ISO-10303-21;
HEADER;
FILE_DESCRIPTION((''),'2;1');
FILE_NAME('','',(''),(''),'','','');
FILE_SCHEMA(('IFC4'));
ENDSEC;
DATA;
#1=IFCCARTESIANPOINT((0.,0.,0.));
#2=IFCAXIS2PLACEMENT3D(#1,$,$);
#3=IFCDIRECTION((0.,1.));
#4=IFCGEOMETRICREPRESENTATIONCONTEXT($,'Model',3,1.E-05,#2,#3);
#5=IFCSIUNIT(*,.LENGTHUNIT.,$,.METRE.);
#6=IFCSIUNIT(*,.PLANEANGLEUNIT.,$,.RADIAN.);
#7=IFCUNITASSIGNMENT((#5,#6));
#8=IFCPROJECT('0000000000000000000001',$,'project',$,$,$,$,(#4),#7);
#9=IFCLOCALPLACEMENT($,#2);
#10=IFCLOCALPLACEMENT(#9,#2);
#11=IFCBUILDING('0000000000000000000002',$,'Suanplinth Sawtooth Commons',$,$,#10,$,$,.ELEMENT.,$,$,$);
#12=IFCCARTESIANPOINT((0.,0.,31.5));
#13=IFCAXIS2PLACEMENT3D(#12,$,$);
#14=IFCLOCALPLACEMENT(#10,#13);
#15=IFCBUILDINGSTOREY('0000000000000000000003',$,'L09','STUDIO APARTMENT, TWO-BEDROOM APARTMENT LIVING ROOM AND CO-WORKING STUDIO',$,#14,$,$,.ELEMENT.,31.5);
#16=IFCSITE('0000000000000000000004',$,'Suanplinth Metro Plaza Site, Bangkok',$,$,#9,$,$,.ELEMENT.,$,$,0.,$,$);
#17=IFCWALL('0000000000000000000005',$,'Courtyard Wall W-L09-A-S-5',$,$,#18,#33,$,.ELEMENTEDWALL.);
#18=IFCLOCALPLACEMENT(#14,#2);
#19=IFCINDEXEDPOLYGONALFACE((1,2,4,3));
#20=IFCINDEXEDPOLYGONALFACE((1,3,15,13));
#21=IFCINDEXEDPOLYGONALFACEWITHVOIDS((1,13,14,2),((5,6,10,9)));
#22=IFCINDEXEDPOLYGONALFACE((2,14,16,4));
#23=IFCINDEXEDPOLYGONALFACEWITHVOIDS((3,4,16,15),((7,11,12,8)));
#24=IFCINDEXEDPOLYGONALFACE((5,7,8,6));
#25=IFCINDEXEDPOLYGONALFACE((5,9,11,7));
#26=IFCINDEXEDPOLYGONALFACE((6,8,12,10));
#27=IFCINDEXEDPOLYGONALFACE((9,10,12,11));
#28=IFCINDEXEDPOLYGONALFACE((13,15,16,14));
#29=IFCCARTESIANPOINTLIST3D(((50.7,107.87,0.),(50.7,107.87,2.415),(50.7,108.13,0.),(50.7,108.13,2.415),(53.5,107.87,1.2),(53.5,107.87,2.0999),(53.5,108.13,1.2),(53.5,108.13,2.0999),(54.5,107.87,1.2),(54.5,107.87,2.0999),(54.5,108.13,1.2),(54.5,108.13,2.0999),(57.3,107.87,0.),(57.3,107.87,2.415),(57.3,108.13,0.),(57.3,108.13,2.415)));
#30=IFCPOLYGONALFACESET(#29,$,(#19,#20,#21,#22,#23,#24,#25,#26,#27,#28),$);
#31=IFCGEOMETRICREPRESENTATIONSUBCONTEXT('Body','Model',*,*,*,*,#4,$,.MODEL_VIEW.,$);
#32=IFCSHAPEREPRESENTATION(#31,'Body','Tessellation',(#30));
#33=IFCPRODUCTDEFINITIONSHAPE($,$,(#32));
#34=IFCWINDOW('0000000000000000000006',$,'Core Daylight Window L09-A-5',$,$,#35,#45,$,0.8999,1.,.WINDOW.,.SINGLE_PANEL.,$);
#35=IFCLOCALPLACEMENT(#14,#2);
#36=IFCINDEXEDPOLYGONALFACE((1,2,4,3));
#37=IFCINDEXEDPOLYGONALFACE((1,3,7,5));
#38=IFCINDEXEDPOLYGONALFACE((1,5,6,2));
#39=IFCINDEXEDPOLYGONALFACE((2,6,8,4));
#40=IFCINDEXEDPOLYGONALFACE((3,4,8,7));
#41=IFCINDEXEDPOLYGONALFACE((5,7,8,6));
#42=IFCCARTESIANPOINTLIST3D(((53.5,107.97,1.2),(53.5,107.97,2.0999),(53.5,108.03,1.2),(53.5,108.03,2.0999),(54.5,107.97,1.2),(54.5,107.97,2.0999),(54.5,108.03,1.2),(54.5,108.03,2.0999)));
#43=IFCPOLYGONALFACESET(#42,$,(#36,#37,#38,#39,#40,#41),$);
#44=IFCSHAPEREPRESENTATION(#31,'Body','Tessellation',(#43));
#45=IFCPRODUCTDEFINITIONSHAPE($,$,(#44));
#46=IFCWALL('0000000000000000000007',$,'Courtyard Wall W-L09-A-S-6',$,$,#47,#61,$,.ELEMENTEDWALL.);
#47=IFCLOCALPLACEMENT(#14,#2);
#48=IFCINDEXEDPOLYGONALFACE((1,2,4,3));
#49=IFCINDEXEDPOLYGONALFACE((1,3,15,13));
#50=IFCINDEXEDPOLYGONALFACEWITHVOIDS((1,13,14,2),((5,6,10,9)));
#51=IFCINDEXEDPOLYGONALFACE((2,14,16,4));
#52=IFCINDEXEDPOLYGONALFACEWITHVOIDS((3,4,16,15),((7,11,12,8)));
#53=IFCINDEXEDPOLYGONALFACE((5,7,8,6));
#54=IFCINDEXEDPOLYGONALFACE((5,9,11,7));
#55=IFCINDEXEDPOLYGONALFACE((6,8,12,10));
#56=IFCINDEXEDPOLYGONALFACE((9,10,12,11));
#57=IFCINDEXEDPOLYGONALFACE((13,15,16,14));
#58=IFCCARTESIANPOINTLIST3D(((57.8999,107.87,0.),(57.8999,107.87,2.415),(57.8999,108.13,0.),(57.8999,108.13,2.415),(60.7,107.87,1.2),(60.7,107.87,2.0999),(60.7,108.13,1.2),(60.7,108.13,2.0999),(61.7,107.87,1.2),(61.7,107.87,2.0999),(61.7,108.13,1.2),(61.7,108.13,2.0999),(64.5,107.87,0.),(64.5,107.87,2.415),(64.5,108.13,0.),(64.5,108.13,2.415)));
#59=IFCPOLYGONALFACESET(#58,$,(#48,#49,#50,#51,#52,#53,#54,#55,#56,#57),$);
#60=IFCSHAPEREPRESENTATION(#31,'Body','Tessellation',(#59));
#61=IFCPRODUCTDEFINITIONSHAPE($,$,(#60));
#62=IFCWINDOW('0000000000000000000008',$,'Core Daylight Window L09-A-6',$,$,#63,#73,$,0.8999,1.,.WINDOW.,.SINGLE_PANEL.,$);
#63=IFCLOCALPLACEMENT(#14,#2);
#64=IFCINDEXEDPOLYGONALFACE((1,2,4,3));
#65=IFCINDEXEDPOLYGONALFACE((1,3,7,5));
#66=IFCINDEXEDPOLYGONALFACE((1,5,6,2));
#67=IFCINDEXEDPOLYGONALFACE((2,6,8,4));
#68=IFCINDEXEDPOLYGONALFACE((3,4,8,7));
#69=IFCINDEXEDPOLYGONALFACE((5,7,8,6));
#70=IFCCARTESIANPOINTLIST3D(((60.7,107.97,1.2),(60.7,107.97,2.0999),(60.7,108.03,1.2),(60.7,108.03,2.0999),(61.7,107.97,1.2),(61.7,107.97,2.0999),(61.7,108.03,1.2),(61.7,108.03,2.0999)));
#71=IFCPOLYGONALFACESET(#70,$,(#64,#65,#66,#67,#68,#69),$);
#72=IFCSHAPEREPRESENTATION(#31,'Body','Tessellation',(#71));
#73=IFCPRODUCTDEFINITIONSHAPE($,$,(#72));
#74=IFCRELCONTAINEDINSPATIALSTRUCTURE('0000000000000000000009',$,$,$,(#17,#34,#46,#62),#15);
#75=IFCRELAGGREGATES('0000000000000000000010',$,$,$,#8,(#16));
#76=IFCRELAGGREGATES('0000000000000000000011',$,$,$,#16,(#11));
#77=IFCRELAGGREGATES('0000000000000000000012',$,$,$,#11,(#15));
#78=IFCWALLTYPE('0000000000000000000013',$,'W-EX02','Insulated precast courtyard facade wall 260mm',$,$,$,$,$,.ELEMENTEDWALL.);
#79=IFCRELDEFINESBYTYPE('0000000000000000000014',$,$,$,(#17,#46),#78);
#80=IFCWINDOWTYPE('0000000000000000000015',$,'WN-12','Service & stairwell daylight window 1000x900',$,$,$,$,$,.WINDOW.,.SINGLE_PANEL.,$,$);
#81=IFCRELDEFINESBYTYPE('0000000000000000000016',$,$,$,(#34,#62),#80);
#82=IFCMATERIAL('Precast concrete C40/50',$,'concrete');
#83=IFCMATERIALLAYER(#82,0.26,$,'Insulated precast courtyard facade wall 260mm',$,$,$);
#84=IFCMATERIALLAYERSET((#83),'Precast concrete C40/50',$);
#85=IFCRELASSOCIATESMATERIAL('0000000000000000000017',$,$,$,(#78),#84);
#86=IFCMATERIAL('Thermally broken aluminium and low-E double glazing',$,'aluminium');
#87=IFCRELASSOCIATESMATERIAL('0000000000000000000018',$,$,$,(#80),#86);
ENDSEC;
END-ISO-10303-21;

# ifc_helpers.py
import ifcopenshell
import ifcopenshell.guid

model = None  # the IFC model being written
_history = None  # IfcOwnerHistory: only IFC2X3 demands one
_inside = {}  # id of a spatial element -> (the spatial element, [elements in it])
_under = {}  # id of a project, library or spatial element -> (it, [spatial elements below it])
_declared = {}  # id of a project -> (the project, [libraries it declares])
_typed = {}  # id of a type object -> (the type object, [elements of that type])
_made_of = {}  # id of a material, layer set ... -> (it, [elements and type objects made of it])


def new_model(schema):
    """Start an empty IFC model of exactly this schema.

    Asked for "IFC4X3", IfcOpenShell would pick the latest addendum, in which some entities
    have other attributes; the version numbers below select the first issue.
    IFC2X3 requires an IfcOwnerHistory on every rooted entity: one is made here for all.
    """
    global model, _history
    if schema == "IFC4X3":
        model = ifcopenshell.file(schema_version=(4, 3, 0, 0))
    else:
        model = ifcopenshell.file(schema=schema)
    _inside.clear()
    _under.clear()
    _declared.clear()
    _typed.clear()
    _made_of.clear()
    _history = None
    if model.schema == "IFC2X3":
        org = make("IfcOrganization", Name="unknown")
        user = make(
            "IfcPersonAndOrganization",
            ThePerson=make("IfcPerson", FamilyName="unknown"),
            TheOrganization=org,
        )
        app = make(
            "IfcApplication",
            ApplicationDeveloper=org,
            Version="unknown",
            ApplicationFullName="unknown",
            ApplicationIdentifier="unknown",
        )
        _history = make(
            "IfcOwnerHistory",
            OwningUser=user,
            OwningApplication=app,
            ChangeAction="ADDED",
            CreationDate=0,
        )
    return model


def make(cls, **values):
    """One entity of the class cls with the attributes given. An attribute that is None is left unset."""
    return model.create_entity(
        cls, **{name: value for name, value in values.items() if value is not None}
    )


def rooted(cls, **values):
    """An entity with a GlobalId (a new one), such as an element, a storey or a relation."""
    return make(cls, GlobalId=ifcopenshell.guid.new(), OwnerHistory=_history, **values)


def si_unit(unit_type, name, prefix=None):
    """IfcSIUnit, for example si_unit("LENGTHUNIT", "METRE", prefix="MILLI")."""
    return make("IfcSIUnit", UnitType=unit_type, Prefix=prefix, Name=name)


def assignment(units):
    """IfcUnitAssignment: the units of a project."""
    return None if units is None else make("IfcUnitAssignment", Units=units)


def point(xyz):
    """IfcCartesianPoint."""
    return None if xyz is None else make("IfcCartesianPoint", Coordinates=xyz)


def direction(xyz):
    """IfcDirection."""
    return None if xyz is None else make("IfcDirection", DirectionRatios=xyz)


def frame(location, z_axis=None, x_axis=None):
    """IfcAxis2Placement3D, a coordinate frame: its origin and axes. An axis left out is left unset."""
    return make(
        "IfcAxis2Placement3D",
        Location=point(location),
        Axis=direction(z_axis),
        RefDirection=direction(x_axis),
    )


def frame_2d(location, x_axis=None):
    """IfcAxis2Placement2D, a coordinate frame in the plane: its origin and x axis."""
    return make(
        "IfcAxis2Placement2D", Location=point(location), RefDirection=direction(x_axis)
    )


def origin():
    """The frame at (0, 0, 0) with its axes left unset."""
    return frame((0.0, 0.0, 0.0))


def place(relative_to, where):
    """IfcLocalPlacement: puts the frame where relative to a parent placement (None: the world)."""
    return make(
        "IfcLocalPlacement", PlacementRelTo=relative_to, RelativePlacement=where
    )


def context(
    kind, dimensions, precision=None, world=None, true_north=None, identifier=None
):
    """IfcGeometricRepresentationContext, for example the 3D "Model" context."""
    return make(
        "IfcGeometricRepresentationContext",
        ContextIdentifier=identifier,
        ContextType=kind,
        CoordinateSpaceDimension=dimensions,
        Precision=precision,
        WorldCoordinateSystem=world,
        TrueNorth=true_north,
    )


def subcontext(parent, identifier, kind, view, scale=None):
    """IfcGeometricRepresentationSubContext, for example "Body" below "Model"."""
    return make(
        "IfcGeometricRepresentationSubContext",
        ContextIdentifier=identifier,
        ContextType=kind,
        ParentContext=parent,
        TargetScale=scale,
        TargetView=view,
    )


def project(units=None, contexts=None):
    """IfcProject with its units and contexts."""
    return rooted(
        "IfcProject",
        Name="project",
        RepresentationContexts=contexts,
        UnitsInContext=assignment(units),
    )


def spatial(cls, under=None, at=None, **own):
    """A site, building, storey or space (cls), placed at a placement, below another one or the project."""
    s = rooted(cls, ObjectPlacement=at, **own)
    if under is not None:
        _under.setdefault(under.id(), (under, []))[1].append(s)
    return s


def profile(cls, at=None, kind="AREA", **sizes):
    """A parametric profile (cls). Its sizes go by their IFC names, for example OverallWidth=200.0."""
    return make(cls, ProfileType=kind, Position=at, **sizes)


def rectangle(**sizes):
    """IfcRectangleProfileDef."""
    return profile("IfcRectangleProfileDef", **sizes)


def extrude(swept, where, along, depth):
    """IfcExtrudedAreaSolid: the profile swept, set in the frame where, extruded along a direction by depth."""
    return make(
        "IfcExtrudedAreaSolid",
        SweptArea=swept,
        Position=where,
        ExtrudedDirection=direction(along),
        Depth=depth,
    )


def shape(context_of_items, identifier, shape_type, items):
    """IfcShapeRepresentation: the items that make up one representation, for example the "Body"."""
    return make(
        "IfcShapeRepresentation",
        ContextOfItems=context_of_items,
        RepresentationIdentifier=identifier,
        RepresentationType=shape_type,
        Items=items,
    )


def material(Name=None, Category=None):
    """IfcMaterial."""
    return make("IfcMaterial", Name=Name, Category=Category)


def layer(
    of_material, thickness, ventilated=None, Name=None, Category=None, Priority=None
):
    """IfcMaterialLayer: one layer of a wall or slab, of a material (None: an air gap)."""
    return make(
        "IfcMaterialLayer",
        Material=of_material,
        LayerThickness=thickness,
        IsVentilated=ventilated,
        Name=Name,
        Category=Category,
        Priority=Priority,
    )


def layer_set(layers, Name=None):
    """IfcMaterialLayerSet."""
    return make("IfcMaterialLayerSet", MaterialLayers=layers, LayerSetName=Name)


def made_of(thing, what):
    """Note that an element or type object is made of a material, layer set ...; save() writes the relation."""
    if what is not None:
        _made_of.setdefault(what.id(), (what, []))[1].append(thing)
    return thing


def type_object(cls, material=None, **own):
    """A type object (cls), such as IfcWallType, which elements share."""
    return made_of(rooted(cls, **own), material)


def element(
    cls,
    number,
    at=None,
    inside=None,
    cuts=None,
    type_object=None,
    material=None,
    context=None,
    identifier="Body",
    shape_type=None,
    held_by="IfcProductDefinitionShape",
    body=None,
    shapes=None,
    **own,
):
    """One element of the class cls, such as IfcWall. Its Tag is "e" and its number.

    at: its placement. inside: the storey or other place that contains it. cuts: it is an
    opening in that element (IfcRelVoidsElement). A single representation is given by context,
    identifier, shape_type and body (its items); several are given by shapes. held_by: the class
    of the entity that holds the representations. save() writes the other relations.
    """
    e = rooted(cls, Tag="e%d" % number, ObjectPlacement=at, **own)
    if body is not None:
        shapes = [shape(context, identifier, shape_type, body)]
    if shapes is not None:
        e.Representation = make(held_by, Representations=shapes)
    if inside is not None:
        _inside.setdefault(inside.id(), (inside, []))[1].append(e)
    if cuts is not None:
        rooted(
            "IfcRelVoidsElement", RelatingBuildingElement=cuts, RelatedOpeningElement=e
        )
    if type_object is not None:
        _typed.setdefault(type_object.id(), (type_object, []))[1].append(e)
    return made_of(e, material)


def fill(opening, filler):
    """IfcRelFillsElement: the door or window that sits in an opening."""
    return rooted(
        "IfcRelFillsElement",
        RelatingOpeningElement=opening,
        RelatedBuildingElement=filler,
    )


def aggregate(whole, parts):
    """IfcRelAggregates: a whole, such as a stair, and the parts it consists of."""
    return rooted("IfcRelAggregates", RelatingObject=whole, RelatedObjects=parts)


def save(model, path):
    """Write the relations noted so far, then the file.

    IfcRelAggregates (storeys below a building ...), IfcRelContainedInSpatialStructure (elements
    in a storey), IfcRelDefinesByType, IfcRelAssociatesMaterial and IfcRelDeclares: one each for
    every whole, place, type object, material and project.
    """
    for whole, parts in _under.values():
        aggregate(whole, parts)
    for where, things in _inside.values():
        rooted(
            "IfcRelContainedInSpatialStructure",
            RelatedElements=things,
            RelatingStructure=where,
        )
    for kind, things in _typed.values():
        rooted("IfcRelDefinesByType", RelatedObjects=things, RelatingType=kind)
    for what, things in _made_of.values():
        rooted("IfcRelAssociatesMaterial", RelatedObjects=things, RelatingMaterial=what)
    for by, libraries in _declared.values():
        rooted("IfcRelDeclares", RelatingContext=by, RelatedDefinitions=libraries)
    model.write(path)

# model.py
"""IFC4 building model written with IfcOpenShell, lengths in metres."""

from ifc_helpers import new_model, si_unit, direction, frame, frame_2d, origin, place, context, subcontext, project, spatial, rectangle, extrude, material, layer, layer_set, type_object, element, fill, save


model = new_model("IFC4")

# Units and contexts
model_context = context("Model", 3, precision=1e-05, world=origin(), true_north=direction((0.0, 1.0)))
body_context = subcontext(model_context, "Body", "Model", "MODEL_VIEW")
ifc_project = project(units=[si_unit("LENGTHUNIT", "METRE"), si_unit("PLANEANGLEUNIT", "RADIAN")], contexts=[model_context])

# Site, building, storey
site_placement = place(None, origin())
site = spatial("IfcSite", under=ifc_project, at=site_placement, Name="Suanplinth Metro Plaza Site, Bangkok", CompositionType="ELEMENT", RefElevation=0.0)
building_placement = place(site_placement, origin())
building = spatial("IfcBuilding", under=site, at=building_placement, Name="Suanplinth Sawtooth Commons", CompositionType="ELEMENT")
storey_placement = place(building_placement, frame((0.0, 0.0, 31.5)))
storey = spatial("IfcBuildingStorey", under=building, at=storey_placement, Name="L09", Description="STUDIO APARTMENT, TWO-BEDROOM APARTMENT LIVING ROOM AND CO-WORKING STUDIO", CompositionType="ELEMENT", Elevation=31.5)

# Shared definitions
ifc_material_1 = material(Name="Precast concrete C40/50", Category="concrete")

# Walls, openings, windows
ifc_layer_1 = layer(ifc_material_1, 0.26, Name="Insulated precast courtyard facade wall 260mm")
ifc_layer_set_1 = layer_set([ifc_layer_1], Name="Precast concrete C40/50")
wall_type = type_object("IfcWallType", Name="W-EX02", Description="Insulated precast courtyard facade wall 260mm", PredefinedType="ELEMENTEDWALL", material=ifc_layer_set_1)
wall_1_placement = place(storey_placement, frame((50.7, 108.0, 0.0), z_axis=(0.0, 0.0, 1.0), x_axis=(1.0, 0.0, 0.0)))
wall_1 = element("IfcWall", 1, at=wall_1_placement, inside=storey, type_object=wall_type, Name="Courtyard Wall W-L09-A-S-5", PredefinedType="ELEMENTEDWALL", context=body_context, shape_type="SweptSolid", body=[
    extrude(rectangle(XDim=6.6001, YDim=0.26, at=frame_2d((3.3, 0.0))), origin(), (0.0, 0.0, 1.0), 2.415),
])
opening_1_placement = place(wall_1_placement, frame((2.8, 0.0, 1.2)))
opening_1 = element("IfcOpeningElement", 2, at=opening_1_placement, cuts=wall_1, PredefinedType="OPENING", context=body_context, shape_type="SweptSolid", body=[
    extrude(rectangle(XDim=1.0, YDim=0.8999, at=frame_2d((0.5, 0.45))), frame((0.0, 0.145, 0.0), z_axis=(0.0, -1.0, 0.0), x_axis=(1.0, 0.0, 0.0)), (0.0, 0.0, 1.0), 0.2898),
])
ifc_material_2 = material(Name="Thermally broken aluminium and low-E double glazing", Category="aluminium")
window_type = type_object("IfcWindowType", Name="WN-12", Description="Service & stairwell daylight window 1000x900", PartitioningType="SINGLE_PANEL", PredefinedType="WINDOW", material=ifc_material_2)
window_1_placement = place(opening_1_placement, origin())
window_1 = element("IfcWindow", 3, at=window_1_placement, inside=storey, type_object=window_type, Name="Core Daylight Window L09-A-5", OverallHeight=0.8999, OverallWidth=1.0, PartitioningType="SINGLE_PANEL", PredefinedType="WINDOW", context=body_context, shape_type="SweptSolid", body=[
    extrude(rectangle(XDim=1.0, YDim=0.8999, at=frame_2d((0.5, 0.45))), frame((0.0, 0.03, 0.0), z_axis=(0.0, -1.0, 0.0), x_axis=(1.0, 0.0, 0.0)), (0.0, 0.0, 1.0), 0.0601),
])
fill(opening_1, window_1)
wall_2_placement = place(storey_placement, frame((57.8999, 108.0, 0.0), z_axis=(0.0, 0.0, 1.0), x_axis=(1.0, 0.0, 0.0)))
wall_2 = element("IfcWall", 4, at=wall_2_placement, inside=storey, type_object=wall_type, Name="Courtyard Wall W-L09-A-S-6", PredefinedType="ELEMENTEDWALL", context=body_context, shape_type="SweptSolid", body=[
    extrude(rectangle(XDim=6.6001, YDim=0.26, at=frame_2d((3.3, 0.0))), origin(), (0.0, 0.0, 1.0), 2.415),
])
opening_2_placement = place(wall_2_placement, frame((2.8, 0.0, 1.2)))
opening_2 = element("IfcOpeningElement", 5, at=opening_2_placement, cuts=wall_2, PredefinedType="OPENING", context=body_context, shape_type="SweptSolid", body=[
    extrude(rectangle(XDim=1.0, YDim=0.8999, at=frame_2d((0.5, 0.45))), frame((0.0, 0.145, 0.0), z_axis=(0.0, -1.0, 0.0), x_axis=(1.0, 0.0, 0.0)), (0.0, 0.0, 1.0), 0.2898),
])
window_2_placement = place(opening_2_placement, origin())
window_2 = element("IfcWindow", 6, at=window_2_placement, inside=storey, type_object=window_type, Name="Core Daylight Window L09-A-6", OverallHeight=0.8999, OverallWidth=1.0, PartitioningType="SINGLE_PANEL", PredefinedType="WINDOW", context=body_context, shape_type="SweptSolid", body=[
    extrude(rectangle(XDim=1.0, YDim=0.8999, at=frame_2d((0.5, 0.45))), frame((0.0, 0.03, 0.0), z_axis=(0.0, -1.0, 0.0), x_axis=(1.0, 0.0, 0.0)), (0.0, 0.0, 1.0), 0.0601),
])
fill(opening_2, window_2)

save(model, "model.ifc")
